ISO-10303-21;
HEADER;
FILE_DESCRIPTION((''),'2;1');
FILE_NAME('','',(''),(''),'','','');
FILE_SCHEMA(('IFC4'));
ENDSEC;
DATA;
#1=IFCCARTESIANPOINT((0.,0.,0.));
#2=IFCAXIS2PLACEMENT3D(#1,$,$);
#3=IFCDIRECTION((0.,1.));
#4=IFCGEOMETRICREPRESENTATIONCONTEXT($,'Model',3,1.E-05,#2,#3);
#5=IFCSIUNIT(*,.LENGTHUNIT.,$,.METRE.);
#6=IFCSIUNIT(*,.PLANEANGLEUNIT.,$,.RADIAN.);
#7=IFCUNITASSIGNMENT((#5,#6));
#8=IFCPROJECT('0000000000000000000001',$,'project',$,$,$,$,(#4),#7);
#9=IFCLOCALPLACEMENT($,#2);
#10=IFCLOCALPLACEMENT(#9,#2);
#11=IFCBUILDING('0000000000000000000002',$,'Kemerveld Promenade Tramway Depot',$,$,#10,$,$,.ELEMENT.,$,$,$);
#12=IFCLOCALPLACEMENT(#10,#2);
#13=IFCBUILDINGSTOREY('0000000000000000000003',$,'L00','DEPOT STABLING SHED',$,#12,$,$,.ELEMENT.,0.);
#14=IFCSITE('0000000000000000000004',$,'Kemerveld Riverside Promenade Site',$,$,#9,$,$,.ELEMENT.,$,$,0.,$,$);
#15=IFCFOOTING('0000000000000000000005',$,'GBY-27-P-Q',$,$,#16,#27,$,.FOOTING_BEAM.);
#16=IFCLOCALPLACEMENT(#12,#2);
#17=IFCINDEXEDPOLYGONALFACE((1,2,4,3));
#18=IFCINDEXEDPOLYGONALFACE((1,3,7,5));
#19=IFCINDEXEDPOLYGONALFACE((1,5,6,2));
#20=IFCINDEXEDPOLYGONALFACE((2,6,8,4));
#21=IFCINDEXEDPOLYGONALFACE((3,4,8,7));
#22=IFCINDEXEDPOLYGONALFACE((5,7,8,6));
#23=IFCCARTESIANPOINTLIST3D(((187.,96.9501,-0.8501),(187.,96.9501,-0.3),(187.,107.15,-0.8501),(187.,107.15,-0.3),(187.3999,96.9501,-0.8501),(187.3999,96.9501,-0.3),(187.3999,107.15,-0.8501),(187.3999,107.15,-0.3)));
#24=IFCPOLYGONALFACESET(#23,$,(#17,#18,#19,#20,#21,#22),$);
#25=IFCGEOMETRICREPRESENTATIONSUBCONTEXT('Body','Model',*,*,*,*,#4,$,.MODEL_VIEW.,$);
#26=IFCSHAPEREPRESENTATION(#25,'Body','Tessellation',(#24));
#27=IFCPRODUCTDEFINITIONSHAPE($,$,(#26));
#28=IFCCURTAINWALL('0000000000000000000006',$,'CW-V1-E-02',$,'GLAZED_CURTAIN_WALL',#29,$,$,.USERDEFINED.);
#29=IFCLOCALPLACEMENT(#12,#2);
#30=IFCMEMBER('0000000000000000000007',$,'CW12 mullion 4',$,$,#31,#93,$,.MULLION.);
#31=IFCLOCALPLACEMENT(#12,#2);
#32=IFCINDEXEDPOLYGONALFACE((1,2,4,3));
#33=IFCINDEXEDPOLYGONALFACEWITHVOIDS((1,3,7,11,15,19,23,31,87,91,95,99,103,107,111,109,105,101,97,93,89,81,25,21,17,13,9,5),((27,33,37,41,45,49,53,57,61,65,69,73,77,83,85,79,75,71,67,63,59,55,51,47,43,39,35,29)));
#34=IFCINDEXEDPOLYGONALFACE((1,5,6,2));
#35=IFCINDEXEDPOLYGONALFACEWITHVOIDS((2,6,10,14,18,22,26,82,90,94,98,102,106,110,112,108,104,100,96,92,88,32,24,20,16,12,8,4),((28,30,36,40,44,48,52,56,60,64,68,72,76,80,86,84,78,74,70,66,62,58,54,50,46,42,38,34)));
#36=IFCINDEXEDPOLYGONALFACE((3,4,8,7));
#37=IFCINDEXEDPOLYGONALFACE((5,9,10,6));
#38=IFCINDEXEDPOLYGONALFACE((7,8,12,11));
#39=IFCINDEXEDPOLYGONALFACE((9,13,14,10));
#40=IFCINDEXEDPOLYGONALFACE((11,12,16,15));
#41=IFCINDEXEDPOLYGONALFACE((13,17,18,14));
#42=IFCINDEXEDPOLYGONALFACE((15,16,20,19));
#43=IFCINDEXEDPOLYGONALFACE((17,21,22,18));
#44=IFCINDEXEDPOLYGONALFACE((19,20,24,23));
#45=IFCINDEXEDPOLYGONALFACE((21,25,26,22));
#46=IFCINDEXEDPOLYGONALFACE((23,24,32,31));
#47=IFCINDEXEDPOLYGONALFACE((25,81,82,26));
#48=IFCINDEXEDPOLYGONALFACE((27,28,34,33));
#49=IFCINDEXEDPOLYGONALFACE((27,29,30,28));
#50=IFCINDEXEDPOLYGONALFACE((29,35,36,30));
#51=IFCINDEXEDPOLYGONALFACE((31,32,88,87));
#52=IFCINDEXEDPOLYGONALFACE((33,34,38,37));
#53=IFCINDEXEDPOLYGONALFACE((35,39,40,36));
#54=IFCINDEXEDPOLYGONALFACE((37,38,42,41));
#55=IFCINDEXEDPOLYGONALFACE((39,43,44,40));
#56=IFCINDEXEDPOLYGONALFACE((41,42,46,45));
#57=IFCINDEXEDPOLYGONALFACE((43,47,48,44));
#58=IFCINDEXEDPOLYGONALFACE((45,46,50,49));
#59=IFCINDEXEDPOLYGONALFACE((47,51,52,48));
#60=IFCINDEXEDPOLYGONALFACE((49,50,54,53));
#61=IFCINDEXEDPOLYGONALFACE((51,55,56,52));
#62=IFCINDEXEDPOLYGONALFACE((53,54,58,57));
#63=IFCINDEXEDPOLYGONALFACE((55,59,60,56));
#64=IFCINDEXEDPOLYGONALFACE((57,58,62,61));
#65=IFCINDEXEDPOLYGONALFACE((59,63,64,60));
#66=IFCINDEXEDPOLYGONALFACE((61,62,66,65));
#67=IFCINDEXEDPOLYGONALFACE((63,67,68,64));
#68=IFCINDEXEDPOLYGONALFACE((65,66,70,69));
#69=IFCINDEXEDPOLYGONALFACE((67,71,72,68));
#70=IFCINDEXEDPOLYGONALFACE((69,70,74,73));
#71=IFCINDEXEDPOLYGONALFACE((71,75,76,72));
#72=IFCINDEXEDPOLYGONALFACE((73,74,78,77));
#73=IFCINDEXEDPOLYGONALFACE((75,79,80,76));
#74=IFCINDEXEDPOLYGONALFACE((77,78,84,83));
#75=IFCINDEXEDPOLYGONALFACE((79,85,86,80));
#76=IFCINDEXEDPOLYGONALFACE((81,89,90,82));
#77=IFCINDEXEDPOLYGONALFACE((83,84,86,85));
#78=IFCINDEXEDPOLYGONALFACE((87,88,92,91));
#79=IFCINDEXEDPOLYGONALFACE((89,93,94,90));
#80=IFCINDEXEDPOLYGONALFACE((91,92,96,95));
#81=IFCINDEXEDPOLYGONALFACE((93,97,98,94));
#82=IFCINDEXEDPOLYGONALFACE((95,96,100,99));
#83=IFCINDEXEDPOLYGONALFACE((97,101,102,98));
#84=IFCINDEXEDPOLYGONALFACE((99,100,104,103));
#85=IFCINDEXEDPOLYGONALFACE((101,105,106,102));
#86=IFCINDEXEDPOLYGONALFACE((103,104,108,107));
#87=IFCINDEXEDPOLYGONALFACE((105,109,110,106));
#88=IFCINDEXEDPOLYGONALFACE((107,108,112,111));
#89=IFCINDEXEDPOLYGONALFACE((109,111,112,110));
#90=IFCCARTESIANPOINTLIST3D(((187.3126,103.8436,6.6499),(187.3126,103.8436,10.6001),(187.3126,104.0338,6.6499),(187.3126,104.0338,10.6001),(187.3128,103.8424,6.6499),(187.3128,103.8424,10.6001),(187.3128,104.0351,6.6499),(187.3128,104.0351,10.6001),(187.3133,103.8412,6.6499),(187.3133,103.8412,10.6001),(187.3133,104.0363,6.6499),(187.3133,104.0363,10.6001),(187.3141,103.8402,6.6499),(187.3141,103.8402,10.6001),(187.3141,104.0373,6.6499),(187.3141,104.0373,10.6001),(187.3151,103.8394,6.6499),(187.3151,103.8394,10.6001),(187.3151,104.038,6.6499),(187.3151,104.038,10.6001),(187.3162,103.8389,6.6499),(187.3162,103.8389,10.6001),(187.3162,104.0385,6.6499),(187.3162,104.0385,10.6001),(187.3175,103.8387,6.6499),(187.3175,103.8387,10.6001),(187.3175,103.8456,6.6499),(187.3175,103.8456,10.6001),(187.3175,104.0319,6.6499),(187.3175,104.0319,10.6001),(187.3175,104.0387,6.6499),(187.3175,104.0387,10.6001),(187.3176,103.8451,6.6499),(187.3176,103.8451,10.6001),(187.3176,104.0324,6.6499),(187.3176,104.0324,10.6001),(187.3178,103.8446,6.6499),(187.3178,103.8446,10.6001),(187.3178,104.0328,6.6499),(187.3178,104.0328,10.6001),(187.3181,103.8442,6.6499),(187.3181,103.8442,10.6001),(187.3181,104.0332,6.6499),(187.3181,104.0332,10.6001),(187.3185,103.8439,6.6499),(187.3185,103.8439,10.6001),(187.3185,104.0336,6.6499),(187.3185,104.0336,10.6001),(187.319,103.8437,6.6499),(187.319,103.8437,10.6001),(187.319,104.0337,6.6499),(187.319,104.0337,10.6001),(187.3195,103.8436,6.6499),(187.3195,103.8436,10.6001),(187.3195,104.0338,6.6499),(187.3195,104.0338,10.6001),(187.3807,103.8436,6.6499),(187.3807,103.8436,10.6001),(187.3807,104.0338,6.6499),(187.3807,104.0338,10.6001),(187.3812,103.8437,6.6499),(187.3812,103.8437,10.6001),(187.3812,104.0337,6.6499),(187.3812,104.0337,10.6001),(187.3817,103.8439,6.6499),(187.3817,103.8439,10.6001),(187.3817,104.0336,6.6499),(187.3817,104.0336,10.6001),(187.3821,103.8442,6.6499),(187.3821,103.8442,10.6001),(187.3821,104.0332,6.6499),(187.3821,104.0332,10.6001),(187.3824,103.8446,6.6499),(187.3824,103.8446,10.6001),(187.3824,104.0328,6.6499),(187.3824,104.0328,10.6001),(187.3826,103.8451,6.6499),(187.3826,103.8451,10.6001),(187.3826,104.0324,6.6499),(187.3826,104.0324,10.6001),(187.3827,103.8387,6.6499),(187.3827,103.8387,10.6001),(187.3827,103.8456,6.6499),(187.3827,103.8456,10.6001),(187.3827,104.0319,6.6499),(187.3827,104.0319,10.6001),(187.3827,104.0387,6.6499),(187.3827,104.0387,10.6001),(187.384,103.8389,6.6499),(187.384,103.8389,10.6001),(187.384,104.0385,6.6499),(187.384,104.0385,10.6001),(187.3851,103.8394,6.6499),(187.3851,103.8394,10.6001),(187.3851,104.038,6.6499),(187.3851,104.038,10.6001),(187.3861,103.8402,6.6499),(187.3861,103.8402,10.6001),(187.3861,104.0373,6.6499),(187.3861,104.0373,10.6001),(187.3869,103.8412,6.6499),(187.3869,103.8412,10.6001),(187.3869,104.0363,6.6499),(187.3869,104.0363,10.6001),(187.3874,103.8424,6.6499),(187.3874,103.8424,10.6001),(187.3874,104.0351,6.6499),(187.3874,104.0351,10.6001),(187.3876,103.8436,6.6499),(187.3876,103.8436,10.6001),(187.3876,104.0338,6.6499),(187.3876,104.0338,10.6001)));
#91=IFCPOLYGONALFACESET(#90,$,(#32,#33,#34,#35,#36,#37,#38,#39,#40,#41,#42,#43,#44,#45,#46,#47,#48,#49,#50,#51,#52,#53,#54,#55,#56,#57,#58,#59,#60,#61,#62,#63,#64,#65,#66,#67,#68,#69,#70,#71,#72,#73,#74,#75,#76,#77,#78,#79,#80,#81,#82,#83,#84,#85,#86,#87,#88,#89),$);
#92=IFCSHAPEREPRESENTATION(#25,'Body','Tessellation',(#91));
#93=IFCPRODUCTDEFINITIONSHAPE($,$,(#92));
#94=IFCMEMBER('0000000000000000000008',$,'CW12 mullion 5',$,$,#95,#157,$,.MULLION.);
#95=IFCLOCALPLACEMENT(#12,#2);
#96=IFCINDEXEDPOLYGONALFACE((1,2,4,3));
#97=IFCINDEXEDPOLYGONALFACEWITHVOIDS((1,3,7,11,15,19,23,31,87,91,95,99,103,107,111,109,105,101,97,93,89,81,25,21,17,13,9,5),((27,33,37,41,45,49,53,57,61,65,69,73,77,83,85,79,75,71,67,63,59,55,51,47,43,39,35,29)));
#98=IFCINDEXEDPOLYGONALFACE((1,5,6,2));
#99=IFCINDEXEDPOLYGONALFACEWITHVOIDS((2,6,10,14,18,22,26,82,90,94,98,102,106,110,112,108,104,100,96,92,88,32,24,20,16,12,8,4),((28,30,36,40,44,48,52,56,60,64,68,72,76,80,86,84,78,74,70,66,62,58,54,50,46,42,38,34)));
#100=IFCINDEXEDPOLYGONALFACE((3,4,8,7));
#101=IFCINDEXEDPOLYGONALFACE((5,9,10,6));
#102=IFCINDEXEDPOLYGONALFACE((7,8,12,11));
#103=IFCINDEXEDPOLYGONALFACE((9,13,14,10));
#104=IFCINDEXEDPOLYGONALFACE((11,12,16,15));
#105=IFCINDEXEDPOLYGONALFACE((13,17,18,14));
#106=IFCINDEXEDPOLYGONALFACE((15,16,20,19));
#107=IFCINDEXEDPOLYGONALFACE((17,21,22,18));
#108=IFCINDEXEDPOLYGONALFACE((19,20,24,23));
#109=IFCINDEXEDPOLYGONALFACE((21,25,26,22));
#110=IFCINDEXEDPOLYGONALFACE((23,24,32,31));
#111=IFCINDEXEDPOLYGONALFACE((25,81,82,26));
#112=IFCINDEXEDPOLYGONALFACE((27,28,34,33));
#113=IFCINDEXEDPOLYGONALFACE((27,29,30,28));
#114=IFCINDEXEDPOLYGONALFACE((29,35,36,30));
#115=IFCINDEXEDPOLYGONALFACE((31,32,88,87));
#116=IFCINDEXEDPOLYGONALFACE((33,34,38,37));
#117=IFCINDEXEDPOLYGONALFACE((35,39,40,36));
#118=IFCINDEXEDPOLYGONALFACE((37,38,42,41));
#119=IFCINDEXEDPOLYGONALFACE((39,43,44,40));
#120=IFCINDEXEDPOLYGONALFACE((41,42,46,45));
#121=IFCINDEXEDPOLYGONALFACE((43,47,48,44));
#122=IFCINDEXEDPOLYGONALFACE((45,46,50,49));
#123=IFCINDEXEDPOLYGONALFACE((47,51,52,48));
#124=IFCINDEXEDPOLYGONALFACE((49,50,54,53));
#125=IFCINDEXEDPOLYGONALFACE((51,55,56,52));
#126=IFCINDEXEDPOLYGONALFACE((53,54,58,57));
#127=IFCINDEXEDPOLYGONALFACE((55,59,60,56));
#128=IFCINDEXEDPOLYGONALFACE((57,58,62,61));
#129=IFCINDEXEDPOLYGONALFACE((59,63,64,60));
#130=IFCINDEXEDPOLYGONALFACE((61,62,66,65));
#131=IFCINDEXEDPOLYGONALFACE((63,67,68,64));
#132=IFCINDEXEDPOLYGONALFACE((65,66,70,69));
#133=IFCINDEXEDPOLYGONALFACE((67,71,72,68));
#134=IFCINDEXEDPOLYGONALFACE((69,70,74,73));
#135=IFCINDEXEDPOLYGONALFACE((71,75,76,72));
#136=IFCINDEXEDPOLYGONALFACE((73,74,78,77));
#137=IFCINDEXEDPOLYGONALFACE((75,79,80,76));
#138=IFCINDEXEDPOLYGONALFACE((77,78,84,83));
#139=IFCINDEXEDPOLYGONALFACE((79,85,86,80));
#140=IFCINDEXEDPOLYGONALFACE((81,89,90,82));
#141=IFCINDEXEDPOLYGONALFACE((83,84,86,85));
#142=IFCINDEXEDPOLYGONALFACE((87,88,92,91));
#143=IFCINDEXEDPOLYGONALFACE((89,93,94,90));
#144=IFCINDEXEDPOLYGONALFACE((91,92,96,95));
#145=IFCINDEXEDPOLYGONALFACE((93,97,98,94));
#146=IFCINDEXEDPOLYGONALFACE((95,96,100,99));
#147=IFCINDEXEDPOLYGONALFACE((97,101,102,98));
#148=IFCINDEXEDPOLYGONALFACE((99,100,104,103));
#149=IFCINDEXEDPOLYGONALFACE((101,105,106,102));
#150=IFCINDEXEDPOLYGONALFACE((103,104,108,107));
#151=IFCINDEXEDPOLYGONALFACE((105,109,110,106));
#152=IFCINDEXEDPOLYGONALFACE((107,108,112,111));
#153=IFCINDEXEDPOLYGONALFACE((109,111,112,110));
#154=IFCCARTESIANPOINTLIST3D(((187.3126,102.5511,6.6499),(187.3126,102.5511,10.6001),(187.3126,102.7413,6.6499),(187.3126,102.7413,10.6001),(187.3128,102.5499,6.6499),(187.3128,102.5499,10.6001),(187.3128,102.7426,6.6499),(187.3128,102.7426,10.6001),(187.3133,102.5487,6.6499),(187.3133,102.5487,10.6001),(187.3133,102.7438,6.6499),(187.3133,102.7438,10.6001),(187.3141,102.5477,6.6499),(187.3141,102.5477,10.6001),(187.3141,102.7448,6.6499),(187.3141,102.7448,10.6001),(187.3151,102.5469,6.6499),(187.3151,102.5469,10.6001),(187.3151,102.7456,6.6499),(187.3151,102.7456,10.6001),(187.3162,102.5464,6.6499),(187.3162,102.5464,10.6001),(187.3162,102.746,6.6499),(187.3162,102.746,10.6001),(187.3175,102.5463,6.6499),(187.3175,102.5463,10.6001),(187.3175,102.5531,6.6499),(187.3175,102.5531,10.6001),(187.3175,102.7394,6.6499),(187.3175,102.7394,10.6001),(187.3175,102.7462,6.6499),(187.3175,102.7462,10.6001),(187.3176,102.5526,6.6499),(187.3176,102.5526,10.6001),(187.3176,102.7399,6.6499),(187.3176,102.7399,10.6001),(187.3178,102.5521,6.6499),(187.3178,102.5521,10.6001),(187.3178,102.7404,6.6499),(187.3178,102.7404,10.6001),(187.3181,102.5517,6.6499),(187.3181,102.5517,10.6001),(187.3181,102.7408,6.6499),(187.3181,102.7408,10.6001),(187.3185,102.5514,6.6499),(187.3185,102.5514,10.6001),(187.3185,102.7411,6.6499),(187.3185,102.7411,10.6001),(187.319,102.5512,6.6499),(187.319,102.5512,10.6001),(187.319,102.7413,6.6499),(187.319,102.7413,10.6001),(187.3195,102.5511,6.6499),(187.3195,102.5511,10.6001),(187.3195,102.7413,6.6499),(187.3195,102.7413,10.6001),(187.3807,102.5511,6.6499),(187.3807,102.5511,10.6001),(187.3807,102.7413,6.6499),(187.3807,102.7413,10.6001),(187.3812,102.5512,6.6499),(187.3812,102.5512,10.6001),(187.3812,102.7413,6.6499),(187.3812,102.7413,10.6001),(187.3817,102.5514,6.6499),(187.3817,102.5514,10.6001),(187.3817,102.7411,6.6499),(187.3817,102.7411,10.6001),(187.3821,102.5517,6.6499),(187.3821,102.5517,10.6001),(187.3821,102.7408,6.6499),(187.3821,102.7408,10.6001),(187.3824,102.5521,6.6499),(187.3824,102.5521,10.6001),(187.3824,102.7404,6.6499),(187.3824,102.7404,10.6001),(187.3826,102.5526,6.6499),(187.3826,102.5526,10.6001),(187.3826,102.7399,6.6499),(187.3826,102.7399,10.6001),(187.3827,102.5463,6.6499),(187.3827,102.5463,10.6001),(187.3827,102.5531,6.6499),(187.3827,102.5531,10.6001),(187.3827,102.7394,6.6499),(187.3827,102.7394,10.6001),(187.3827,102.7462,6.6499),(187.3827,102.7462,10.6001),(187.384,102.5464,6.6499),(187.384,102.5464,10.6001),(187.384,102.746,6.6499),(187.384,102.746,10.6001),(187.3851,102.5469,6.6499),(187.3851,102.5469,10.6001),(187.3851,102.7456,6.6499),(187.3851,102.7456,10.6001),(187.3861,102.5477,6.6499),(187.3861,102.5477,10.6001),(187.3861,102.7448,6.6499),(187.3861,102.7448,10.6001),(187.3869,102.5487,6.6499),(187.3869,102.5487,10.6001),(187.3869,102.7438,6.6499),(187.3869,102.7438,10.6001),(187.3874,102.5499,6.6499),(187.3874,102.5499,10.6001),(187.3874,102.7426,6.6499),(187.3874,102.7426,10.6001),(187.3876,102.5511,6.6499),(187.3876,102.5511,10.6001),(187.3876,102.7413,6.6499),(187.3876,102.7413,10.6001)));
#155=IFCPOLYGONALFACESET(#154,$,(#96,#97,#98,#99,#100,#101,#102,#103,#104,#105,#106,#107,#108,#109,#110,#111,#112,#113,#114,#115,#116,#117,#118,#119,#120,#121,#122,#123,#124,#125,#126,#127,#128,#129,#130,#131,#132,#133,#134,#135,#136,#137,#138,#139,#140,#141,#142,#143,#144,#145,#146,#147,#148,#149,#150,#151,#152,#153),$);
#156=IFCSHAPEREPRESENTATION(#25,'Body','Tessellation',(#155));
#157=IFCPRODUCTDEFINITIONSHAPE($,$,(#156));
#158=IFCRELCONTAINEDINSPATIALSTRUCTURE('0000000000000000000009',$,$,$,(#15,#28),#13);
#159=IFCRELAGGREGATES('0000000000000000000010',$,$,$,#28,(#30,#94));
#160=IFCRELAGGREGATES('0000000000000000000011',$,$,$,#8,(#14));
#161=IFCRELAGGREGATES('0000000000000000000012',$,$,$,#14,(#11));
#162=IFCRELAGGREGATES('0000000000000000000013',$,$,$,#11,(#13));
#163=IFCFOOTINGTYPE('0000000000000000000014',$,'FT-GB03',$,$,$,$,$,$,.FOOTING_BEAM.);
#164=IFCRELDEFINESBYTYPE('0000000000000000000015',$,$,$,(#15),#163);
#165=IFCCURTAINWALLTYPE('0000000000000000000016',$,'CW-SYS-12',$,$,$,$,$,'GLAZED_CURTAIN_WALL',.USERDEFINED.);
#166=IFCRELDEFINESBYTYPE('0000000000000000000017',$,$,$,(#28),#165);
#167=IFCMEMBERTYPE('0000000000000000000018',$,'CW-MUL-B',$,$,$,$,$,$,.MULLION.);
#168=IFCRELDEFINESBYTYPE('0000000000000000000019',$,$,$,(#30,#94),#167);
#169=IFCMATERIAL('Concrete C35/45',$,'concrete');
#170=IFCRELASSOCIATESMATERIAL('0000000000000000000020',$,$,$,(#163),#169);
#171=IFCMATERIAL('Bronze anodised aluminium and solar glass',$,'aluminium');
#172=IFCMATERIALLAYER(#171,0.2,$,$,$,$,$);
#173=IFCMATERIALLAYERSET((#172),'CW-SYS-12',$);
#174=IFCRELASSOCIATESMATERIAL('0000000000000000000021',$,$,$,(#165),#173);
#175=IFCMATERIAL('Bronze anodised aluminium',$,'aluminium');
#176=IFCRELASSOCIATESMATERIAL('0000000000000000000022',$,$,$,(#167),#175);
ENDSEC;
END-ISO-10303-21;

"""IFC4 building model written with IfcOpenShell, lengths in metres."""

from ifc_helpers import new_model, si_unit, direction, frame, origin, origin_2d, place, context, subcontext, project, spatial, rectangle, hollow_rectangle, extrude, material, layer, layer_set, material_profile, profile_set, type_object, element, aggregate, save


model = new_model("IFC4")

# Units and contexts
model_context = context("Model", 3, precision=1e-05, world=origin(), true_north=direction((0.0, 1.0)))
body_context = subcontext(model_context, "Body", "Model", "MODEL_VIEW")
ifc_project = project(units=[si_unit("LENGTHUNIT", "METRE"), si_unit("PLANEANGLEUNIT", "RADIAN")], contexts=[model_context])

# Site, building, storey
site_placement = place(None, origin())
site = spatial("IfcSite", under=ifc_project, at=site_placement, Name="Kemerveld Riverside Promenade Site", CompositionType="ELEMENT", RefElevation=0.0)
building_placement = place(site_placement, origin())
building = spatial("IfcBuilding", under=site, at=building_placement, Name="Kemerveld Promenade Tramway Depot", CompositionType="ELEMENT")
storey_placement = place(building_placement, origin())
storey = spatial("IfcBuildingStorey", under=building, at=storey_placement, Name="L00", Description="DEPOT STABLING SHED", CompositionType="ELEMENT", Elevation=0.0)

# Footing
ifc_material_1 = material(Name="Concrete C35/45", Category="concrete")
footing_type = type_object("IfcFootingType", Name="FT-GB03", PredefinedType="FOOTING_BEAM", material=ifc_material_1)
footing_placement = place(storey_placement, frame((187.2, 102.05, -0.8501), z_axis=(0.0, 0.0, 1.0), x_axis=(0.0, 1.0, 0.0)))
element("IfcFooting", 1, at=footing_placement, inside=storey, type_object=footing_type, Name="GBY-27-P-Q", PredefinedType="FOOTING_BEAM", context=body_context, shape_type="SweptSolid", body=[
    extrude(rectangle(XDim=10.2, YDim=0.3999, at=origin_2d()), origin(), (0.0, 0.0, 1.0), 0.55),
])

# Curtain wall, members
ifc_material_2 = material(Name="Bronze anodised aluminium and solar glass", Category="aluminium")
ifc_layer_1 = layer(ifc_material_2, 0.2)
ifc_layer_set_1 = layer_set([ifc_layer_1], Name="CW-SYS-12")
curtain_wall_type = type_object("IfcCurtainWallType", Name="CW-SYS-12", ElementType="GLAZED_CURTAIN_WALL", PredefinedType="USERDEFINED", material=ifc_layer_set_1)
curtain_wall_placement = place(storey_placement, origin())
curtain_wall = element("IfcCurtainWall", 2, at=curtain_wall_placement, inside=storey, type_object=curtain_wall_type, Name="CW-V1-E-02", ObjectType="GLAZED_CURTAIN_WALL", PredefinedType="USERDEFINED")
ifc_material_3 = material(Name="Bronze anodised aluminium", Category="aluminium")
ifc_material_profile_1 = material_profile(ifc_material_3, hollow_rectangle(XDim=0.075, YDim=0.2, WallThickness=0.0049, InnerFilletRadius=0.002, OuterFilletRadius=0.0049, at=origin_2d()), Name="CW-MUL-200x75")
ifc_profile_set_1 = profile_set([ifc_material_profile_1], Name="Bronze anodised aluminium")
member_type_1 = type_object("IfcMemberType", Name="CW-MUL-B", PredefinedType="MULLION", material=ifc_profile_set_1)
member_1_placement = place(storey_placement, frame((187.3501, 103.9387, 6.6499), z_axis=(0.0, 0.0, 1.0), x_axis=(1.0, 0.0, 0.0)))
member_1 = element("IfcMember", 3, at=member_1_placement, type_object=member_type_1, Name="CW12 mullion 4", PredefinedType="MULLION", context=body_context, shape_type="SweptSolid", body=[
    extrude(hollow_rectangle(XDim=0.075, YDim=0.2, WallThickness=0.0049, InnerFilletRadius=0.002, OuterFilletRadius=0.0049, at=origin_2d()), origin(), (0.0, 0.0, 1.0), 3.9502),
])
member_2_placement = place(storey_placement, frame((187.3501, 102.6462, 6.6499), z_axis=(0.0, 0.0, 1.0), x_axis=(1.0, 0.0, 0.0)))
member_2 = element("IfcMember", 4, at=member_2_placement, type_object=member_type_1, Name="CW12 mullion 5", PredefinedType="MULLION", context=body_context, shape_type="SweptSolid", body=[
    extrude(hollow_rectangle(XDim=0.075, YDim=0.2, WallThickness=0.0049, InnerFilletRadius=0.002, OuterFilletRadius=0.0049, at=origin_2d()), origin(), (0.0, 0.0, 1.0), 3.9502),
])
aggregate(curtain_wall, [member_1, member_2])

save(model, "model.ifc")
